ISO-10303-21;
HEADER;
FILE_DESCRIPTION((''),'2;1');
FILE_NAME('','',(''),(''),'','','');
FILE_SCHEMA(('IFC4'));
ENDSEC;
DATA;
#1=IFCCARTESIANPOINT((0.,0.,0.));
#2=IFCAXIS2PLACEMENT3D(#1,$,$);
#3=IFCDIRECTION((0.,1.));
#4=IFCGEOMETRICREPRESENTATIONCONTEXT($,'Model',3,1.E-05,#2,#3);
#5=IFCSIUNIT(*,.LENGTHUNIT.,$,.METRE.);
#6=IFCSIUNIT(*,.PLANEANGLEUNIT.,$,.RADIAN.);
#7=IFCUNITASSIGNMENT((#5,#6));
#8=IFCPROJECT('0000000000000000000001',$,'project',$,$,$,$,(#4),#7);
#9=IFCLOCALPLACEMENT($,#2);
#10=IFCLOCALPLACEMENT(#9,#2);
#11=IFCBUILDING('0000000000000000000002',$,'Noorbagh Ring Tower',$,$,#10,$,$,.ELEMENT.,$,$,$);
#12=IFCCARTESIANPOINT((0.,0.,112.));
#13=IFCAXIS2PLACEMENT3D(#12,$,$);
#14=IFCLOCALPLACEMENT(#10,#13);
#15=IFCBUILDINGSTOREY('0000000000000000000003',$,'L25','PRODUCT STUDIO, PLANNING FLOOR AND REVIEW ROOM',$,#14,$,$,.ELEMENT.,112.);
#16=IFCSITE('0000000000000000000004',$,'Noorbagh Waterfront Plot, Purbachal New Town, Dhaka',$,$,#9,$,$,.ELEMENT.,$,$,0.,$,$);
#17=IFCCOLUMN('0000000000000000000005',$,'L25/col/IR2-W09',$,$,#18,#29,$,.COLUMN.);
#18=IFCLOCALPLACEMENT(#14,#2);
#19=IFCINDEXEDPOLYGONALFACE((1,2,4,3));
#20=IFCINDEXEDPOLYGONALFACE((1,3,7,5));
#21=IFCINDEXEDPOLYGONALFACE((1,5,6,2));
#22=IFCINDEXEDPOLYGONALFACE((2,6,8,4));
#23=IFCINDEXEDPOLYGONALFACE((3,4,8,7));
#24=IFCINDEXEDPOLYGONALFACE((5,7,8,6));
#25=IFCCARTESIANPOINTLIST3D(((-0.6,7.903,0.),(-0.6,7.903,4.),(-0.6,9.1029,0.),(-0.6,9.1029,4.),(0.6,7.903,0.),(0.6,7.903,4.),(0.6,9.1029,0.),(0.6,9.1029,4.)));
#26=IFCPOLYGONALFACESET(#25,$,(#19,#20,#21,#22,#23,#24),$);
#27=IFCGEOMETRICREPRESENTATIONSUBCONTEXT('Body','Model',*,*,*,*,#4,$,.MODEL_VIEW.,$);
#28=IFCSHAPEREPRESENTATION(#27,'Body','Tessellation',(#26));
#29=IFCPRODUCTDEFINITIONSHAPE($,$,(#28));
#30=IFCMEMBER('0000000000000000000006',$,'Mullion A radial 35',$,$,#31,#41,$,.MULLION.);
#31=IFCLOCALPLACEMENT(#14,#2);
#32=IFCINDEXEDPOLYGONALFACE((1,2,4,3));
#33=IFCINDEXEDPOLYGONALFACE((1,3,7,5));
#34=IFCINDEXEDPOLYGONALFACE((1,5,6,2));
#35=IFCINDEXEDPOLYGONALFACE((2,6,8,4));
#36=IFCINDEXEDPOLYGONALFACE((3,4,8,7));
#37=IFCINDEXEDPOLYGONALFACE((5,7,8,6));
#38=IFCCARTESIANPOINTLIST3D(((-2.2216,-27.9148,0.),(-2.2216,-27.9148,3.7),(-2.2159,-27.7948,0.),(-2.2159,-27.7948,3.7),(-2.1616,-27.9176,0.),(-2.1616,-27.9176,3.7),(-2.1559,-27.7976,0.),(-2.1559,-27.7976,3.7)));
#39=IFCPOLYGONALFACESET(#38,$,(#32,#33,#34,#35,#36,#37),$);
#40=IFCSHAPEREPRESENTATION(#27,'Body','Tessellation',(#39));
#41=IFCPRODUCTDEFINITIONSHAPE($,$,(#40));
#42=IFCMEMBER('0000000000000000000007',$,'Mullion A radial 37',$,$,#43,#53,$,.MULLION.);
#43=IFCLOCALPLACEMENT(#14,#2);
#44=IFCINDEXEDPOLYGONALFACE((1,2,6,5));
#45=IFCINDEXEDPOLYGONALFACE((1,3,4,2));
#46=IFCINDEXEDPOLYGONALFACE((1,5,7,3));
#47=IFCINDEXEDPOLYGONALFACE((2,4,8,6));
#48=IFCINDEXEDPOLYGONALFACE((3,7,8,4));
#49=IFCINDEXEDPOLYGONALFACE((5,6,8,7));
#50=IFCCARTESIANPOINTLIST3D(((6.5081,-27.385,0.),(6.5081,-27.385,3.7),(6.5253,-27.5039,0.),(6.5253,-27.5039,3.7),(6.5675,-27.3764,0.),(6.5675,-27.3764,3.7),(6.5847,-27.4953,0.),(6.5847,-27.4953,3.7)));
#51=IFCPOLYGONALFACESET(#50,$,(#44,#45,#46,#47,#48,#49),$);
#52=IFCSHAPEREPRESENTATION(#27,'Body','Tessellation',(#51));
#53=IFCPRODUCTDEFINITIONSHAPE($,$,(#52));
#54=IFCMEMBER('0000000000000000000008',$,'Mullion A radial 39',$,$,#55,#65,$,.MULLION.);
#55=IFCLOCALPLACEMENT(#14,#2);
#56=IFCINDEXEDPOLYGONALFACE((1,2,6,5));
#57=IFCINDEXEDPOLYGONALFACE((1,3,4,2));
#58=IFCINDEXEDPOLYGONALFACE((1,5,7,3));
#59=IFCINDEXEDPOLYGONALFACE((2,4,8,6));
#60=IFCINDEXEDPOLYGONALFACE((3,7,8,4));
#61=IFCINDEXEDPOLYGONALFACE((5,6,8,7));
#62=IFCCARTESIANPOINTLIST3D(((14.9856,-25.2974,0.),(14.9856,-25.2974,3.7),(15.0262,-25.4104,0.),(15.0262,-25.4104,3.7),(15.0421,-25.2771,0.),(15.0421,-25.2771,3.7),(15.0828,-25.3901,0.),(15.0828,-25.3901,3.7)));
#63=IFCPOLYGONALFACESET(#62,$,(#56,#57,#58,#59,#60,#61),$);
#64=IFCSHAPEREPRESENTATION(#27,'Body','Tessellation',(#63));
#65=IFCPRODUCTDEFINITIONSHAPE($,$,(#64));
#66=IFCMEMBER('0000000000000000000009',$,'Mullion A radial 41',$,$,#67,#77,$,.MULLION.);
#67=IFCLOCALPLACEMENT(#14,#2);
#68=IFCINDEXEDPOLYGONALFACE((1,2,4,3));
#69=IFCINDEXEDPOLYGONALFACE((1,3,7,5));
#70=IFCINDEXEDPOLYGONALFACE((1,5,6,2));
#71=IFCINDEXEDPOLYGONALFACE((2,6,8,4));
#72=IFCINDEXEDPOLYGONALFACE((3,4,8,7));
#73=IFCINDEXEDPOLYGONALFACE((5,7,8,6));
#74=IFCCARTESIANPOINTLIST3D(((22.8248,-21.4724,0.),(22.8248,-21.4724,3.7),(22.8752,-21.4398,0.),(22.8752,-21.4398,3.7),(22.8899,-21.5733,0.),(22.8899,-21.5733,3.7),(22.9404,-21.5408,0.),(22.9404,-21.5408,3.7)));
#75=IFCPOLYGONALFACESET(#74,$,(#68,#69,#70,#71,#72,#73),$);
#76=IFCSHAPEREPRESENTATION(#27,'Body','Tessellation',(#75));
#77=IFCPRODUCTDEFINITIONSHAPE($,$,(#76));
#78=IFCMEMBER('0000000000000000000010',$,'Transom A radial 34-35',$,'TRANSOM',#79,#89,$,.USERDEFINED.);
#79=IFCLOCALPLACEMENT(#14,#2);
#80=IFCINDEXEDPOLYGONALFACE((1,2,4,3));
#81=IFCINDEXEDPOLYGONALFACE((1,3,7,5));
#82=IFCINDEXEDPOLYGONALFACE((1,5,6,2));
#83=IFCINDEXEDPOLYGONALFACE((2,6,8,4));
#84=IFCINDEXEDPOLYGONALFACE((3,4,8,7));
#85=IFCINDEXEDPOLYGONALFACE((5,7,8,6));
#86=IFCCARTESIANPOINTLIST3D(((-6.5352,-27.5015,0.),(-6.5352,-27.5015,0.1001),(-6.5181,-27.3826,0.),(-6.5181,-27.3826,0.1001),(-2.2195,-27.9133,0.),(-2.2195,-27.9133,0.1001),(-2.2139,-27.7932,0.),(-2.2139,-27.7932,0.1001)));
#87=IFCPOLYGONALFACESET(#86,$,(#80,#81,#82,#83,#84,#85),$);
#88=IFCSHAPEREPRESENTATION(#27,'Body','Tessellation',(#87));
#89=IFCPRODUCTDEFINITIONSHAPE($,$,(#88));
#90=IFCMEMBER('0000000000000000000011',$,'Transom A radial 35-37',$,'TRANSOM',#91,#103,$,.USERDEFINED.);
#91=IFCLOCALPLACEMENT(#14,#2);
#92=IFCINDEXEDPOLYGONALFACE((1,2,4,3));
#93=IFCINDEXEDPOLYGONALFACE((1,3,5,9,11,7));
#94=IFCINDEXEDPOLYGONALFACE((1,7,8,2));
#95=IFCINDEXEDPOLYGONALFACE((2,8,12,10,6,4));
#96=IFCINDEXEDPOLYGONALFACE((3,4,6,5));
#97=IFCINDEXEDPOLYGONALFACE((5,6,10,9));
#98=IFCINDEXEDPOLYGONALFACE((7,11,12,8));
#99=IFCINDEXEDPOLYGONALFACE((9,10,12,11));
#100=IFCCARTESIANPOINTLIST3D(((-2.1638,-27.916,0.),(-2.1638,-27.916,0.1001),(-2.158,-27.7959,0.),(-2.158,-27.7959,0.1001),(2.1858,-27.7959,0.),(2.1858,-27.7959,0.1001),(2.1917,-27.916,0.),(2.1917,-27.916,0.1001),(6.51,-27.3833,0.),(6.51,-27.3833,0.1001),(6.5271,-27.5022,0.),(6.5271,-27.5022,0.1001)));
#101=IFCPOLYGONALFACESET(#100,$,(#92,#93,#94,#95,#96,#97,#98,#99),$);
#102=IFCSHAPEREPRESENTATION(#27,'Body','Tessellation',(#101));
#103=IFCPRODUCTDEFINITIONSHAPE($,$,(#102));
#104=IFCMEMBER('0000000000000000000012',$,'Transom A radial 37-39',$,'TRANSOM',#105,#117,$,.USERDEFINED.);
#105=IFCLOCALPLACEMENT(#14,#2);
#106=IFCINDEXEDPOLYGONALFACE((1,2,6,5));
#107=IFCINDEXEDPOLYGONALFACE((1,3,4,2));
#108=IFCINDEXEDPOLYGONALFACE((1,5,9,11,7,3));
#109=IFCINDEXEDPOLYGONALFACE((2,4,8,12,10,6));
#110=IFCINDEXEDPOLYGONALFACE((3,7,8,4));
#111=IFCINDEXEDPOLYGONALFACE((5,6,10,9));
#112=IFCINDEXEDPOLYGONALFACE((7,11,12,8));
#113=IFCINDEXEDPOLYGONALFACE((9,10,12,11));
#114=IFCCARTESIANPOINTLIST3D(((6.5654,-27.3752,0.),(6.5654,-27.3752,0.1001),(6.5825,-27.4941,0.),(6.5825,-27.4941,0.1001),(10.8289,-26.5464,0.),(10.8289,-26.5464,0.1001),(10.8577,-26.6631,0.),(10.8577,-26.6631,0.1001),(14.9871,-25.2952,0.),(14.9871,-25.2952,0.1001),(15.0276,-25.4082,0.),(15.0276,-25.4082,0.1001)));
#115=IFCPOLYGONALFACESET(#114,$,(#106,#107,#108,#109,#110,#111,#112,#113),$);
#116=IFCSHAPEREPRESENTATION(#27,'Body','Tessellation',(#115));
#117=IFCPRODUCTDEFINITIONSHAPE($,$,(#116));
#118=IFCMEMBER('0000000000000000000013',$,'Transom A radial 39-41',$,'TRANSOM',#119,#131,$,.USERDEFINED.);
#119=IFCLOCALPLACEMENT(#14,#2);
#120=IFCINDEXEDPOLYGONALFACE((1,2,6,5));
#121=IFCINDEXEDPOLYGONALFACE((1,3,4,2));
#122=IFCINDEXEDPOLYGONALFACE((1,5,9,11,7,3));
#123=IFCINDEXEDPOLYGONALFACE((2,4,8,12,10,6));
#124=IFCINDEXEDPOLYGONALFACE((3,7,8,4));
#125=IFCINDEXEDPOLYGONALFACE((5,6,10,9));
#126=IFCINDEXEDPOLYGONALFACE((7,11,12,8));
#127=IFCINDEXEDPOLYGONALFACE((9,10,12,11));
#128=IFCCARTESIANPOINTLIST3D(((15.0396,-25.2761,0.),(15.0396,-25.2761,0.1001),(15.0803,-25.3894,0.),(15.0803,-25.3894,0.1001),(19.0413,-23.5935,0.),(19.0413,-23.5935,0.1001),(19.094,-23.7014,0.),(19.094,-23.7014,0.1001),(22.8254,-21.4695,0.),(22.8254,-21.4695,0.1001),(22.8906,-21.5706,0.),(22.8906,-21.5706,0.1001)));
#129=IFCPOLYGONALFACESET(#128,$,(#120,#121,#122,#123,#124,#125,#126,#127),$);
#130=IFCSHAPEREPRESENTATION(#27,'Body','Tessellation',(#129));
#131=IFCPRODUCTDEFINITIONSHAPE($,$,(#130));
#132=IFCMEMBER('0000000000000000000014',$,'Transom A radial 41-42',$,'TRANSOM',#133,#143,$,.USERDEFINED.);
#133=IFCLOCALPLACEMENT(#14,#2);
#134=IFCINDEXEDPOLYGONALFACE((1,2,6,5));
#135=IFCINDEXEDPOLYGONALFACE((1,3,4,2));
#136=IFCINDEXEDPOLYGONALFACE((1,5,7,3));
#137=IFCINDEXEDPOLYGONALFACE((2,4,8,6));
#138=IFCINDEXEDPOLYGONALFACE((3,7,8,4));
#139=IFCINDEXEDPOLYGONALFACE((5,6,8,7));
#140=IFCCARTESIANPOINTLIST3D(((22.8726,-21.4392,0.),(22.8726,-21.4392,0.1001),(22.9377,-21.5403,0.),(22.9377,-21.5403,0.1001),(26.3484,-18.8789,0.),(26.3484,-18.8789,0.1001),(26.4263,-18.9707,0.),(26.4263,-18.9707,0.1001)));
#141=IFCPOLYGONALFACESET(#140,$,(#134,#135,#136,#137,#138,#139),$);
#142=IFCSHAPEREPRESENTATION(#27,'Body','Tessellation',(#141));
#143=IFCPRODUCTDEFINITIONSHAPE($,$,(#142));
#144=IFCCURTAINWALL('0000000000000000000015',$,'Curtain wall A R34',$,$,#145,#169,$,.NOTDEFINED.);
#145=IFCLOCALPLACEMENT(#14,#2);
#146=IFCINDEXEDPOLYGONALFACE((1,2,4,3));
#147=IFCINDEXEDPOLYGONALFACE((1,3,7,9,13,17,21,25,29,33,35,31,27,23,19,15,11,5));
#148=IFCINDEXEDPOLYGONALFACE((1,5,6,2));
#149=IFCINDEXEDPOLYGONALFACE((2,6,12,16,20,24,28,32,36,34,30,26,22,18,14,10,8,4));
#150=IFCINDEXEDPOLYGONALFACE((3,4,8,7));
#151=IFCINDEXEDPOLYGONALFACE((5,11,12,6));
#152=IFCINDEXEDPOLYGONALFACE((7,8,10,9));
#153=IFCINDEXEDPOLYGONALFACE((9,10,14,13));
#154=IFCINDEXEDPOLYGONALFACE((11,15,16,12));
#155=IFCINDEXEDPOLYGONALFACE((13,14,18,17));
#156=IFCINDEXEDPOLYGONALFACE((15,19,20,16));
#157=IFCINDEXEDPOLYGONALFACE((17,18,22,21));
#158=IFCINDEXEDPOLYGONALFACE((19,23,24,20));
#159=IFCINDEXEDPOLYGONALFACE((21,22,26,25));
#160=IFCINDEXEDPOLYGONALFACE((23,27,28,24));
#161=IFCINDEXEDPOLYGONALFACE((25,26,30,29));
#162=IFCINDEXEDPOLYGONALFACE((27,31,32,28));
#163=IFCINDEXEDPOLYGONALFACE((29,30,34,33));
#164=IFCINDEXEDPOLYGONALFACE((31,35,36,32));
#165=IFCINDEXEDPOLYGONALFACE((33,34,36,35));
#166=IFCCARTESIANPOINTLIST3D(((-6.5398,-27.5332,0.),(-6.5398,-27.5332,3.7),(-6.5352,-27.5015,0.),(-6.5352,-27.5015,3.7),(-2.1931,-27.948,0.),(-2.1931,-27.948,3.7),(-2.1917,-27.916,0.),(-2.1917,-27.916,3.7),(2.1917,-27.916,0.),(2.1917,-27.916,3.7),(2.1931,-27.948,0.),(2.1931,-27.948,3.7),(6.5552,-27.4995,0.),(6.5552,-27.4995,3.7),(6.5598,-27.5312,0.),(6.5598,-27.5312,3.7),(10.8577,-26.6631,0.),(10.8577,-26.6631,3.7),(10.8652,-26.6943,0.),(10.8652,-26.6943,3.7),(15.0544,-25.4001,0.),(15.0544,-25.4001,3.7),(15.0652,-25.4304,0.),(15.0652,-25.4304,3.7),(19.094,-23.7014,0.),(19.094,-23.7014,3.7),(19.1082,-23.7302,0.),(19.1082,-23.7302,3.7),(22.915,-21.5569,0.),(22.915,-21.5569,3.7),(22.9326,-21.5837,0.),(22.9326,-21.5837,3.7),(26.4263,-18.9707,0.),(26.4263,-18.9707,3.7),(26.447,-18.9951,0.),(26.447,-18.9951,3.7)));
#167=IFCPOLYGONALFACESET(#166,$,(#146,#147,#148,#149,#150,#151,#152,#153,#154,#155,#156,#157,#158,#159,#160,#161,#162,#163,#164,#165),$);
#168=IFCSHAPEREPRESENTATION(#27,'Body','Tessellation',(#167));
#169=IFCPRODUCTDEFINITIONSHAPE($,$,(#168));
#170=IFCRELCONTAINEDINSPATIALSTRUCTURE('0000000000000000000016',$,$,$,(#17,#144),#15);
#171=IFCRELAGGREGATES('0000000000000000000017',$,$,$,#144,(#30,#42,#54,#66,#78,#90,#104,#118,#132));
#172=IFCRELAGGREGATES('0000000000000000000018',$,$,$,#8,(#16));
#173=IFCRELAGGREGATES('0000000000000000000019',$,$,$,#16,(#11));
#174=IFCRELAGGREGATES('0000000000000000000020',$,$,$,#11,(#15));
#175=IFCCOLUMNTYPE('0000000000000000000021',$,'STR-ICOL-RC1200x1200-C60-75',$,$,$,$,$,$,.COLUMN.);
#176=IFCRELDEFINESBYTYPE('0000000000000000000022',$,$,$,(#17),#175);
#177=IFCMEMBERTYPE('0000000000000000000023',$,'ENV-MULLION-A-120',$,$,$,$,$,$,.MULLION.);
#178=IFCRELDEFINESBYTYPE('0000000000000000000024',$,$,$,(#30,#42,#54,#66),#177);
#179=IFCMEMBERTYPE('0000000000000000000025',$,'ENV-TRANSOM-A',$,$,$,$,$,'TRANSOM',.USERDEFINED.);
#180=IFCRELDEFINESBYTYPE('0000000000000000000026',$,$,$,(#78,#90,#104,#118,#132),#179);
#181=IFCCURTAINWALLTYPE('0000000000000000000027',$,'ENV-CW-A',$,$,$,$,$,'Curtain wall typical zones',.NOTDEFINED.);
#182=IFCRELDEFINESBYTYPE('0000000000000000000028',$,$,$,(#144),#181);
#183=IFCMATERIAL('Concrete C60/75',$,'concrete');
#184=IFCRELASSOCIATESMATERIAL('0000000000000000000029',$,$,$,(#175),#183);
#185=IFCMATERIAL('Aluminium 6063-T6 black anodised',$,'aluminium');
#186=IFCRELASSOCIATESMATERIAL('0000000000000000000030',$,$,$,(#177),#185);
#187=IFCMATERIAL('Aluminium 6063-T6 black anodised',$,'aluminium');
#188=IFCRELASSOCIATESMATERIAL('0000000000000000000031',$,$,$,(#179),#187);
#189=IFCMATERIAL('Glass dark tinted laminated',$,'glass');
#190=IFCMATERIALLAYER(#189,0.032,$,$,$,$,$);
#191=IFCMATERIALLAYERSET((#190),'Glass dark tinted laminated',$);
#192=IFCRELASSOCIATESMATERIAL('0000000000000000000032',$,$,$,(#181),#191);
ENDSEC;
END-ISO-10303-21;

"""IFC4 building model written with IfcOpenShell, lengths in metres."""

from ifc_helpers import new_model, si_unit, direction, frame, origin, origin_2d, place, context, subcontext, project, spatial, polyline, rectangle, outline, extrude, material, layer, layer_set, material_profile, profile_set, type_object, element, aggregate, save


model = new_model("IFC4")

# Units and contexts
model_context = context("Model", 3, precision=1e-05, world=origin(), true_north=direction((0.0, 1.0)))
body_context = subcontext(model_context, "Body", "Model", "MODEL_VIEW")
ifc_project = project(units=[si_unit("LENGTHUNIT", "METRE"), si_unit("PLANEANGLEUNIT", "RADIAN")], contexts=[model_context])

# Site, building, storey
site_placement = place(None, origin())
site = spatial("IfcSite", under=ifc_project, at=site_placement, Name="Noorbagh Waterfront Plot, Purbachal New Town, Dhaka", CompositionType="ELEMENT", RefElevation=0.0)
building_placement = place(site_placement, origin())
building = spatial("IfcBuilding", under=site, at=building_placement, Name="Noorbagh Ring Tower", CompositionType="ELEMENT")
storey_placement = place(building_placement, frame((0.0, 0.0, 112.0)))
storey = spatial("IfcBuildingStorey", under=building, at=storey_placement, Name="L25", Description="PRODUCT STUDIO, PLANNING FLOOR AND REVIEW ROOM", CompositionType="ELEMENT", Elevation=112.0)

# Column
ifc_material_1 = material(Name="Concrete C60/75", Category="concrete")
ifc_material_profile_1 = material_profile(ifc_material_1, rectangle(XDim=1.2, YDim=1.2, at=origin_2d()), Name="RC1200x1200")
ifc_profile_set_1 = profile_set([ifc_material_profile_1], Name="Concrete C60/75")
column_type = type_object("IfcColumnType", Name="STR-ICOL-RC1200x1200-C60-75", PredefinedType="COLUMN", material=ifc_profile_set_1)
column_placement = place(storey_placement, frame((0.0, 8.5029, 0.0), z_axis=(0.0, 0.0, 1.0), x_axis=(-1.0, 0.0, 0.0)))
element("IfcColumn", 1, at=column_placement, inside=storey, type_object=column_type, Name="L25/col/IR2-W09", PredefinedType="COLUMN", context=body_context, shape_type="SweptSolid", body=[
    extrude(rectangle(XDim=1.2, YDim=1.2, at=origin_2d()), origin(), (0.0, 0.0, 1.0), 4.0),
])

# Members
ifc_material_2 = material(Name="Aluminium 6063-T6 black anodised", Category="aluminium")
ifc_material_profile_2 = material_profile(ifc_material_2, rectangle(XDim=0.1201, YDim=0.0601, at=origin_2d()), Name="120x60")
ifc_profile_set_2 = profile_set([ifc_material_profile_2], Name="Aluminium 6063-T6 black anodised")
member_type_1 = type_object("IfcMemberType", Name="ENV-MULLION-A-120", PredefinedType="MULLION", material=ifc_profile_set_2)
member_1_placement = place(storey_placement, frame((-2.1887, -27.8562, 0.0), z_axis=(0.0, 0.0, 1.0), x_axis=(0.047558, 0.998868, 0.0)))
member_1 = element("IfcMember", 2, at=member_1_placement, type_object=member_type_1, Name="Mullion A radial 35", PredefinedType="MULLION", context=body_context, shape_type="SweptSolid", body=[
    extrude(rectangle(XDim=0.1201, YDim=0.0601, at=origin_2d()), origin(), (0.0, 0.0, 1.0), 3.7),
])
member_2_placement = place(storey_placement, frame((6.5464, -27.4402, 0.0), z_axis=(0.0, 0.0, 1.0), x_axis=(-0.143082, 0.989711, 0.0)))
member_2 = element("IfcMember", 3, at=member_2_placement, type_object=member_type_1, Name="Mullion A radial 37", PredefinedType="MULLION", context=body_context, shape_type="SweptSolid", body=[
    extrude(rectangle(XDim=0.1201, YDim=0.0601, at=origin_2d()), origin(), (0.0, 0.0, 1.0), 3.7),
])
member_3_placement = place(storey_placement, frame((15.0342, -25.3438, 0.0), z_axis=(0.0, 0.0, 1.0), x_axis=(-0.338379, 0.94101, 0.0)))
member_3 = element("IfcMember", 4, at=member_3_placement, type_object=member_type_1, Name="Mullion A radial 39", PredefinedType="MULLION", context=body_context, shape_type="SweptSolid", body=[
    extrude(rectangle(XDim=0.1201, YDim=0.0601, at=origin_2d()), origin(), (0.0, 0.0, 1.0), 3.7),
])
member_4_placement = place(storey_placement, frame((22.8826, -21.5066, 0.0), z_axis=(0.0, 0.0, 1.0), x_axis=(-0.542279, 0.840198, 0.0)))
member_4 = element("IfcMember", 5, at=member_4_placement, type_object=member_type_1, Name="Mullion A radial 41", PredefinedType="MULLION", context=body_context, shape_type="SweptSolid", body=[
    extrude(rectangle(XDim=0.1201, YDim=0.0601, at=origin_2d()), origin(), (0.0, 0.0, 1.0), 3.7),
])
ifc_material_3 = material(Name="Aluminium 6063-T6 black anodised", Category="aluminium")
member_type_2 = type_object("IfcMemberType", Name="ENV-TRANSOM-A", ElementType="TRANSOM", PredefinedType="USERDEFINED", material=ifc_material_3)
member_5_placement = place(storey_placement, origin())
member_5 = element("IfcMember", 6, at=member_5_placement, type_object=member_type_2, Name="Transom A radial 34-35", ObjectType="TRANSOM", PredefinedType="USERDEFINED", context=body_context, shape_type="SweptSolid", body=[
    extrude(outline(polyline([(-6.5352, -27.5015), (-2.2195, -27.9133), (-2.2139, -27.7932), (-6.5181, -27.3826), (-6.5352, -27.5015)])), origin(), (0.0, 0.0, 1.0), 0.1001),
])
member_6_placement = place(storey_placement, origin())
member_6 = element("IfcMember", 7, at=member_6_placement, type_object=member_type_2, Name="Transom A radial 35-37", ObjectType="TRANSOM", PredefinedType="USERDEFINED", context=body_context, shape_type="SweptSolid", body=[
    extrude(outline(polyline([(-2.1638, -27.916), (2.1917, -27.916), (6.5271, -27.5022), (6.51, -27.3833), (2.1858, -27.7959), (-2.158, -27.7959), (-2.1638, -27.916)])), origin(), (0.0, 0.0, 1.0), 0.1001),
])
member_7_placement = place(storey_placement, origin())
member_7 = element("IfcMember", 8, at=member_7_placement, type_object=member_type_2, Name="Transom A radial 37-39", ObjectType="TRANSOM", PredefinedType="USERDEFINED", context=body_context, shape_type="SweptSolid", body=[
    extrude(outline(polyline([(6.5825, -27.4941), (10.8577, -26.6631), (15.0276, -25.4082), (14.9871, -25.2952), (10.8289, -26.5464), (6.5654, -27.3752), (6.5825, -27.4941)])), origin(), (0.0, 0.0, 1.0), 0.1001),
])
member_8_placement = place(storey_placement, origin())
member_8 = element("IfcMember", 9, at=member_8_placement, type_object=member_type_2, Name="Transom A radial 39-41", ObjectType="TRANSOM", PredefinedType="USERDEFINED", context=body_context, shape_type="SweptSolid", body=[
    extrude(outline(polyline([(15.0803, -25.3894), (19.094, -23.7014), (22.8906, -21.5706), (22.8254, -21.4695), (19.0413, -23.5935), (15.0396, -25.2761), (15.0803, -25.3894)])), origin(), (0.0, 0.0, 1.0), 0.1001),
])
member_9_placement = place(storey_placement, origin())
member_9 = element("IfcMember", 10, at=member_9_placement, type_object=member_type_2, Name="Transom A radial 41-42", ObjectType="TRANSOM", PredefinedType="USERDEFINED", context=body_context, shape_type="SweptSolid", body=[
    extrude(outline(polyline([(22.9377, -21.5403), (26.4263, -18.9707), (26.3484, -18.8789), (22.8726, -21.4392), (22.9377, -21.5403)])), origin(), (0.0, 0.0, 1.0), 0.1001),
])

# Curtain wall
ifc_material_4 = material(Name="Glass dark tinted laminated", Category="glass")
ifc_layer_1 = layer(ifc_material_4, 0.032)
ifc_layer_set_1 = layer_set([ifc_layer_1], Name="Glass dark tinted laminated")
curtain_wall_type_1 = type_object("IfcCurtainWallType", Name="ENV-CW-A", ElementType="Curtain wall typical zones", PredefinedType="NOTDEFINED", material=ifc_layer_set_1)
curtain_wall_1_placement = place(storey_placement, origin())
curtain_wall_1 = element("IfcCurtainWall", 11, at=curtain_wall_1_placement, inside=storey, type_object=curtain_wall_type_1, Name="Curtain wall A R34", PredefinedType="NOTDEFINED", context=body_context, shape_type="SweptSolid", body=[
    extrude(outline(polyline([(-6.5398, -27.5332), (-2.1931, -27.948), (2.1931, -27.948), (6.5598, -27.5312), (10.8652, -26.6943), (15.0652, -25.4304), (19.1082, -23.7302), (22.9326, -21.5837), (26.447, -18.9951), (26.4263, -18.9707), (22.915, -21.5569), (19.094, -23.7014), (15.0544, -25.4001), (10.8577, -26.6631), (6.5552, -27.4995), (2.1917, -27.916), (-2.1917, -27.916), (-6.5352, -27.5015), (-6.5398, -27.5332)])), origin(), (0.0, 0.0, 1.0), 3.7),
])
aggregate(curtain_wall_1, [member_1, member_2, member_3, member_4, member_5, member_6, member_7, member_8, member_9])

save(model, "model.ifc")
